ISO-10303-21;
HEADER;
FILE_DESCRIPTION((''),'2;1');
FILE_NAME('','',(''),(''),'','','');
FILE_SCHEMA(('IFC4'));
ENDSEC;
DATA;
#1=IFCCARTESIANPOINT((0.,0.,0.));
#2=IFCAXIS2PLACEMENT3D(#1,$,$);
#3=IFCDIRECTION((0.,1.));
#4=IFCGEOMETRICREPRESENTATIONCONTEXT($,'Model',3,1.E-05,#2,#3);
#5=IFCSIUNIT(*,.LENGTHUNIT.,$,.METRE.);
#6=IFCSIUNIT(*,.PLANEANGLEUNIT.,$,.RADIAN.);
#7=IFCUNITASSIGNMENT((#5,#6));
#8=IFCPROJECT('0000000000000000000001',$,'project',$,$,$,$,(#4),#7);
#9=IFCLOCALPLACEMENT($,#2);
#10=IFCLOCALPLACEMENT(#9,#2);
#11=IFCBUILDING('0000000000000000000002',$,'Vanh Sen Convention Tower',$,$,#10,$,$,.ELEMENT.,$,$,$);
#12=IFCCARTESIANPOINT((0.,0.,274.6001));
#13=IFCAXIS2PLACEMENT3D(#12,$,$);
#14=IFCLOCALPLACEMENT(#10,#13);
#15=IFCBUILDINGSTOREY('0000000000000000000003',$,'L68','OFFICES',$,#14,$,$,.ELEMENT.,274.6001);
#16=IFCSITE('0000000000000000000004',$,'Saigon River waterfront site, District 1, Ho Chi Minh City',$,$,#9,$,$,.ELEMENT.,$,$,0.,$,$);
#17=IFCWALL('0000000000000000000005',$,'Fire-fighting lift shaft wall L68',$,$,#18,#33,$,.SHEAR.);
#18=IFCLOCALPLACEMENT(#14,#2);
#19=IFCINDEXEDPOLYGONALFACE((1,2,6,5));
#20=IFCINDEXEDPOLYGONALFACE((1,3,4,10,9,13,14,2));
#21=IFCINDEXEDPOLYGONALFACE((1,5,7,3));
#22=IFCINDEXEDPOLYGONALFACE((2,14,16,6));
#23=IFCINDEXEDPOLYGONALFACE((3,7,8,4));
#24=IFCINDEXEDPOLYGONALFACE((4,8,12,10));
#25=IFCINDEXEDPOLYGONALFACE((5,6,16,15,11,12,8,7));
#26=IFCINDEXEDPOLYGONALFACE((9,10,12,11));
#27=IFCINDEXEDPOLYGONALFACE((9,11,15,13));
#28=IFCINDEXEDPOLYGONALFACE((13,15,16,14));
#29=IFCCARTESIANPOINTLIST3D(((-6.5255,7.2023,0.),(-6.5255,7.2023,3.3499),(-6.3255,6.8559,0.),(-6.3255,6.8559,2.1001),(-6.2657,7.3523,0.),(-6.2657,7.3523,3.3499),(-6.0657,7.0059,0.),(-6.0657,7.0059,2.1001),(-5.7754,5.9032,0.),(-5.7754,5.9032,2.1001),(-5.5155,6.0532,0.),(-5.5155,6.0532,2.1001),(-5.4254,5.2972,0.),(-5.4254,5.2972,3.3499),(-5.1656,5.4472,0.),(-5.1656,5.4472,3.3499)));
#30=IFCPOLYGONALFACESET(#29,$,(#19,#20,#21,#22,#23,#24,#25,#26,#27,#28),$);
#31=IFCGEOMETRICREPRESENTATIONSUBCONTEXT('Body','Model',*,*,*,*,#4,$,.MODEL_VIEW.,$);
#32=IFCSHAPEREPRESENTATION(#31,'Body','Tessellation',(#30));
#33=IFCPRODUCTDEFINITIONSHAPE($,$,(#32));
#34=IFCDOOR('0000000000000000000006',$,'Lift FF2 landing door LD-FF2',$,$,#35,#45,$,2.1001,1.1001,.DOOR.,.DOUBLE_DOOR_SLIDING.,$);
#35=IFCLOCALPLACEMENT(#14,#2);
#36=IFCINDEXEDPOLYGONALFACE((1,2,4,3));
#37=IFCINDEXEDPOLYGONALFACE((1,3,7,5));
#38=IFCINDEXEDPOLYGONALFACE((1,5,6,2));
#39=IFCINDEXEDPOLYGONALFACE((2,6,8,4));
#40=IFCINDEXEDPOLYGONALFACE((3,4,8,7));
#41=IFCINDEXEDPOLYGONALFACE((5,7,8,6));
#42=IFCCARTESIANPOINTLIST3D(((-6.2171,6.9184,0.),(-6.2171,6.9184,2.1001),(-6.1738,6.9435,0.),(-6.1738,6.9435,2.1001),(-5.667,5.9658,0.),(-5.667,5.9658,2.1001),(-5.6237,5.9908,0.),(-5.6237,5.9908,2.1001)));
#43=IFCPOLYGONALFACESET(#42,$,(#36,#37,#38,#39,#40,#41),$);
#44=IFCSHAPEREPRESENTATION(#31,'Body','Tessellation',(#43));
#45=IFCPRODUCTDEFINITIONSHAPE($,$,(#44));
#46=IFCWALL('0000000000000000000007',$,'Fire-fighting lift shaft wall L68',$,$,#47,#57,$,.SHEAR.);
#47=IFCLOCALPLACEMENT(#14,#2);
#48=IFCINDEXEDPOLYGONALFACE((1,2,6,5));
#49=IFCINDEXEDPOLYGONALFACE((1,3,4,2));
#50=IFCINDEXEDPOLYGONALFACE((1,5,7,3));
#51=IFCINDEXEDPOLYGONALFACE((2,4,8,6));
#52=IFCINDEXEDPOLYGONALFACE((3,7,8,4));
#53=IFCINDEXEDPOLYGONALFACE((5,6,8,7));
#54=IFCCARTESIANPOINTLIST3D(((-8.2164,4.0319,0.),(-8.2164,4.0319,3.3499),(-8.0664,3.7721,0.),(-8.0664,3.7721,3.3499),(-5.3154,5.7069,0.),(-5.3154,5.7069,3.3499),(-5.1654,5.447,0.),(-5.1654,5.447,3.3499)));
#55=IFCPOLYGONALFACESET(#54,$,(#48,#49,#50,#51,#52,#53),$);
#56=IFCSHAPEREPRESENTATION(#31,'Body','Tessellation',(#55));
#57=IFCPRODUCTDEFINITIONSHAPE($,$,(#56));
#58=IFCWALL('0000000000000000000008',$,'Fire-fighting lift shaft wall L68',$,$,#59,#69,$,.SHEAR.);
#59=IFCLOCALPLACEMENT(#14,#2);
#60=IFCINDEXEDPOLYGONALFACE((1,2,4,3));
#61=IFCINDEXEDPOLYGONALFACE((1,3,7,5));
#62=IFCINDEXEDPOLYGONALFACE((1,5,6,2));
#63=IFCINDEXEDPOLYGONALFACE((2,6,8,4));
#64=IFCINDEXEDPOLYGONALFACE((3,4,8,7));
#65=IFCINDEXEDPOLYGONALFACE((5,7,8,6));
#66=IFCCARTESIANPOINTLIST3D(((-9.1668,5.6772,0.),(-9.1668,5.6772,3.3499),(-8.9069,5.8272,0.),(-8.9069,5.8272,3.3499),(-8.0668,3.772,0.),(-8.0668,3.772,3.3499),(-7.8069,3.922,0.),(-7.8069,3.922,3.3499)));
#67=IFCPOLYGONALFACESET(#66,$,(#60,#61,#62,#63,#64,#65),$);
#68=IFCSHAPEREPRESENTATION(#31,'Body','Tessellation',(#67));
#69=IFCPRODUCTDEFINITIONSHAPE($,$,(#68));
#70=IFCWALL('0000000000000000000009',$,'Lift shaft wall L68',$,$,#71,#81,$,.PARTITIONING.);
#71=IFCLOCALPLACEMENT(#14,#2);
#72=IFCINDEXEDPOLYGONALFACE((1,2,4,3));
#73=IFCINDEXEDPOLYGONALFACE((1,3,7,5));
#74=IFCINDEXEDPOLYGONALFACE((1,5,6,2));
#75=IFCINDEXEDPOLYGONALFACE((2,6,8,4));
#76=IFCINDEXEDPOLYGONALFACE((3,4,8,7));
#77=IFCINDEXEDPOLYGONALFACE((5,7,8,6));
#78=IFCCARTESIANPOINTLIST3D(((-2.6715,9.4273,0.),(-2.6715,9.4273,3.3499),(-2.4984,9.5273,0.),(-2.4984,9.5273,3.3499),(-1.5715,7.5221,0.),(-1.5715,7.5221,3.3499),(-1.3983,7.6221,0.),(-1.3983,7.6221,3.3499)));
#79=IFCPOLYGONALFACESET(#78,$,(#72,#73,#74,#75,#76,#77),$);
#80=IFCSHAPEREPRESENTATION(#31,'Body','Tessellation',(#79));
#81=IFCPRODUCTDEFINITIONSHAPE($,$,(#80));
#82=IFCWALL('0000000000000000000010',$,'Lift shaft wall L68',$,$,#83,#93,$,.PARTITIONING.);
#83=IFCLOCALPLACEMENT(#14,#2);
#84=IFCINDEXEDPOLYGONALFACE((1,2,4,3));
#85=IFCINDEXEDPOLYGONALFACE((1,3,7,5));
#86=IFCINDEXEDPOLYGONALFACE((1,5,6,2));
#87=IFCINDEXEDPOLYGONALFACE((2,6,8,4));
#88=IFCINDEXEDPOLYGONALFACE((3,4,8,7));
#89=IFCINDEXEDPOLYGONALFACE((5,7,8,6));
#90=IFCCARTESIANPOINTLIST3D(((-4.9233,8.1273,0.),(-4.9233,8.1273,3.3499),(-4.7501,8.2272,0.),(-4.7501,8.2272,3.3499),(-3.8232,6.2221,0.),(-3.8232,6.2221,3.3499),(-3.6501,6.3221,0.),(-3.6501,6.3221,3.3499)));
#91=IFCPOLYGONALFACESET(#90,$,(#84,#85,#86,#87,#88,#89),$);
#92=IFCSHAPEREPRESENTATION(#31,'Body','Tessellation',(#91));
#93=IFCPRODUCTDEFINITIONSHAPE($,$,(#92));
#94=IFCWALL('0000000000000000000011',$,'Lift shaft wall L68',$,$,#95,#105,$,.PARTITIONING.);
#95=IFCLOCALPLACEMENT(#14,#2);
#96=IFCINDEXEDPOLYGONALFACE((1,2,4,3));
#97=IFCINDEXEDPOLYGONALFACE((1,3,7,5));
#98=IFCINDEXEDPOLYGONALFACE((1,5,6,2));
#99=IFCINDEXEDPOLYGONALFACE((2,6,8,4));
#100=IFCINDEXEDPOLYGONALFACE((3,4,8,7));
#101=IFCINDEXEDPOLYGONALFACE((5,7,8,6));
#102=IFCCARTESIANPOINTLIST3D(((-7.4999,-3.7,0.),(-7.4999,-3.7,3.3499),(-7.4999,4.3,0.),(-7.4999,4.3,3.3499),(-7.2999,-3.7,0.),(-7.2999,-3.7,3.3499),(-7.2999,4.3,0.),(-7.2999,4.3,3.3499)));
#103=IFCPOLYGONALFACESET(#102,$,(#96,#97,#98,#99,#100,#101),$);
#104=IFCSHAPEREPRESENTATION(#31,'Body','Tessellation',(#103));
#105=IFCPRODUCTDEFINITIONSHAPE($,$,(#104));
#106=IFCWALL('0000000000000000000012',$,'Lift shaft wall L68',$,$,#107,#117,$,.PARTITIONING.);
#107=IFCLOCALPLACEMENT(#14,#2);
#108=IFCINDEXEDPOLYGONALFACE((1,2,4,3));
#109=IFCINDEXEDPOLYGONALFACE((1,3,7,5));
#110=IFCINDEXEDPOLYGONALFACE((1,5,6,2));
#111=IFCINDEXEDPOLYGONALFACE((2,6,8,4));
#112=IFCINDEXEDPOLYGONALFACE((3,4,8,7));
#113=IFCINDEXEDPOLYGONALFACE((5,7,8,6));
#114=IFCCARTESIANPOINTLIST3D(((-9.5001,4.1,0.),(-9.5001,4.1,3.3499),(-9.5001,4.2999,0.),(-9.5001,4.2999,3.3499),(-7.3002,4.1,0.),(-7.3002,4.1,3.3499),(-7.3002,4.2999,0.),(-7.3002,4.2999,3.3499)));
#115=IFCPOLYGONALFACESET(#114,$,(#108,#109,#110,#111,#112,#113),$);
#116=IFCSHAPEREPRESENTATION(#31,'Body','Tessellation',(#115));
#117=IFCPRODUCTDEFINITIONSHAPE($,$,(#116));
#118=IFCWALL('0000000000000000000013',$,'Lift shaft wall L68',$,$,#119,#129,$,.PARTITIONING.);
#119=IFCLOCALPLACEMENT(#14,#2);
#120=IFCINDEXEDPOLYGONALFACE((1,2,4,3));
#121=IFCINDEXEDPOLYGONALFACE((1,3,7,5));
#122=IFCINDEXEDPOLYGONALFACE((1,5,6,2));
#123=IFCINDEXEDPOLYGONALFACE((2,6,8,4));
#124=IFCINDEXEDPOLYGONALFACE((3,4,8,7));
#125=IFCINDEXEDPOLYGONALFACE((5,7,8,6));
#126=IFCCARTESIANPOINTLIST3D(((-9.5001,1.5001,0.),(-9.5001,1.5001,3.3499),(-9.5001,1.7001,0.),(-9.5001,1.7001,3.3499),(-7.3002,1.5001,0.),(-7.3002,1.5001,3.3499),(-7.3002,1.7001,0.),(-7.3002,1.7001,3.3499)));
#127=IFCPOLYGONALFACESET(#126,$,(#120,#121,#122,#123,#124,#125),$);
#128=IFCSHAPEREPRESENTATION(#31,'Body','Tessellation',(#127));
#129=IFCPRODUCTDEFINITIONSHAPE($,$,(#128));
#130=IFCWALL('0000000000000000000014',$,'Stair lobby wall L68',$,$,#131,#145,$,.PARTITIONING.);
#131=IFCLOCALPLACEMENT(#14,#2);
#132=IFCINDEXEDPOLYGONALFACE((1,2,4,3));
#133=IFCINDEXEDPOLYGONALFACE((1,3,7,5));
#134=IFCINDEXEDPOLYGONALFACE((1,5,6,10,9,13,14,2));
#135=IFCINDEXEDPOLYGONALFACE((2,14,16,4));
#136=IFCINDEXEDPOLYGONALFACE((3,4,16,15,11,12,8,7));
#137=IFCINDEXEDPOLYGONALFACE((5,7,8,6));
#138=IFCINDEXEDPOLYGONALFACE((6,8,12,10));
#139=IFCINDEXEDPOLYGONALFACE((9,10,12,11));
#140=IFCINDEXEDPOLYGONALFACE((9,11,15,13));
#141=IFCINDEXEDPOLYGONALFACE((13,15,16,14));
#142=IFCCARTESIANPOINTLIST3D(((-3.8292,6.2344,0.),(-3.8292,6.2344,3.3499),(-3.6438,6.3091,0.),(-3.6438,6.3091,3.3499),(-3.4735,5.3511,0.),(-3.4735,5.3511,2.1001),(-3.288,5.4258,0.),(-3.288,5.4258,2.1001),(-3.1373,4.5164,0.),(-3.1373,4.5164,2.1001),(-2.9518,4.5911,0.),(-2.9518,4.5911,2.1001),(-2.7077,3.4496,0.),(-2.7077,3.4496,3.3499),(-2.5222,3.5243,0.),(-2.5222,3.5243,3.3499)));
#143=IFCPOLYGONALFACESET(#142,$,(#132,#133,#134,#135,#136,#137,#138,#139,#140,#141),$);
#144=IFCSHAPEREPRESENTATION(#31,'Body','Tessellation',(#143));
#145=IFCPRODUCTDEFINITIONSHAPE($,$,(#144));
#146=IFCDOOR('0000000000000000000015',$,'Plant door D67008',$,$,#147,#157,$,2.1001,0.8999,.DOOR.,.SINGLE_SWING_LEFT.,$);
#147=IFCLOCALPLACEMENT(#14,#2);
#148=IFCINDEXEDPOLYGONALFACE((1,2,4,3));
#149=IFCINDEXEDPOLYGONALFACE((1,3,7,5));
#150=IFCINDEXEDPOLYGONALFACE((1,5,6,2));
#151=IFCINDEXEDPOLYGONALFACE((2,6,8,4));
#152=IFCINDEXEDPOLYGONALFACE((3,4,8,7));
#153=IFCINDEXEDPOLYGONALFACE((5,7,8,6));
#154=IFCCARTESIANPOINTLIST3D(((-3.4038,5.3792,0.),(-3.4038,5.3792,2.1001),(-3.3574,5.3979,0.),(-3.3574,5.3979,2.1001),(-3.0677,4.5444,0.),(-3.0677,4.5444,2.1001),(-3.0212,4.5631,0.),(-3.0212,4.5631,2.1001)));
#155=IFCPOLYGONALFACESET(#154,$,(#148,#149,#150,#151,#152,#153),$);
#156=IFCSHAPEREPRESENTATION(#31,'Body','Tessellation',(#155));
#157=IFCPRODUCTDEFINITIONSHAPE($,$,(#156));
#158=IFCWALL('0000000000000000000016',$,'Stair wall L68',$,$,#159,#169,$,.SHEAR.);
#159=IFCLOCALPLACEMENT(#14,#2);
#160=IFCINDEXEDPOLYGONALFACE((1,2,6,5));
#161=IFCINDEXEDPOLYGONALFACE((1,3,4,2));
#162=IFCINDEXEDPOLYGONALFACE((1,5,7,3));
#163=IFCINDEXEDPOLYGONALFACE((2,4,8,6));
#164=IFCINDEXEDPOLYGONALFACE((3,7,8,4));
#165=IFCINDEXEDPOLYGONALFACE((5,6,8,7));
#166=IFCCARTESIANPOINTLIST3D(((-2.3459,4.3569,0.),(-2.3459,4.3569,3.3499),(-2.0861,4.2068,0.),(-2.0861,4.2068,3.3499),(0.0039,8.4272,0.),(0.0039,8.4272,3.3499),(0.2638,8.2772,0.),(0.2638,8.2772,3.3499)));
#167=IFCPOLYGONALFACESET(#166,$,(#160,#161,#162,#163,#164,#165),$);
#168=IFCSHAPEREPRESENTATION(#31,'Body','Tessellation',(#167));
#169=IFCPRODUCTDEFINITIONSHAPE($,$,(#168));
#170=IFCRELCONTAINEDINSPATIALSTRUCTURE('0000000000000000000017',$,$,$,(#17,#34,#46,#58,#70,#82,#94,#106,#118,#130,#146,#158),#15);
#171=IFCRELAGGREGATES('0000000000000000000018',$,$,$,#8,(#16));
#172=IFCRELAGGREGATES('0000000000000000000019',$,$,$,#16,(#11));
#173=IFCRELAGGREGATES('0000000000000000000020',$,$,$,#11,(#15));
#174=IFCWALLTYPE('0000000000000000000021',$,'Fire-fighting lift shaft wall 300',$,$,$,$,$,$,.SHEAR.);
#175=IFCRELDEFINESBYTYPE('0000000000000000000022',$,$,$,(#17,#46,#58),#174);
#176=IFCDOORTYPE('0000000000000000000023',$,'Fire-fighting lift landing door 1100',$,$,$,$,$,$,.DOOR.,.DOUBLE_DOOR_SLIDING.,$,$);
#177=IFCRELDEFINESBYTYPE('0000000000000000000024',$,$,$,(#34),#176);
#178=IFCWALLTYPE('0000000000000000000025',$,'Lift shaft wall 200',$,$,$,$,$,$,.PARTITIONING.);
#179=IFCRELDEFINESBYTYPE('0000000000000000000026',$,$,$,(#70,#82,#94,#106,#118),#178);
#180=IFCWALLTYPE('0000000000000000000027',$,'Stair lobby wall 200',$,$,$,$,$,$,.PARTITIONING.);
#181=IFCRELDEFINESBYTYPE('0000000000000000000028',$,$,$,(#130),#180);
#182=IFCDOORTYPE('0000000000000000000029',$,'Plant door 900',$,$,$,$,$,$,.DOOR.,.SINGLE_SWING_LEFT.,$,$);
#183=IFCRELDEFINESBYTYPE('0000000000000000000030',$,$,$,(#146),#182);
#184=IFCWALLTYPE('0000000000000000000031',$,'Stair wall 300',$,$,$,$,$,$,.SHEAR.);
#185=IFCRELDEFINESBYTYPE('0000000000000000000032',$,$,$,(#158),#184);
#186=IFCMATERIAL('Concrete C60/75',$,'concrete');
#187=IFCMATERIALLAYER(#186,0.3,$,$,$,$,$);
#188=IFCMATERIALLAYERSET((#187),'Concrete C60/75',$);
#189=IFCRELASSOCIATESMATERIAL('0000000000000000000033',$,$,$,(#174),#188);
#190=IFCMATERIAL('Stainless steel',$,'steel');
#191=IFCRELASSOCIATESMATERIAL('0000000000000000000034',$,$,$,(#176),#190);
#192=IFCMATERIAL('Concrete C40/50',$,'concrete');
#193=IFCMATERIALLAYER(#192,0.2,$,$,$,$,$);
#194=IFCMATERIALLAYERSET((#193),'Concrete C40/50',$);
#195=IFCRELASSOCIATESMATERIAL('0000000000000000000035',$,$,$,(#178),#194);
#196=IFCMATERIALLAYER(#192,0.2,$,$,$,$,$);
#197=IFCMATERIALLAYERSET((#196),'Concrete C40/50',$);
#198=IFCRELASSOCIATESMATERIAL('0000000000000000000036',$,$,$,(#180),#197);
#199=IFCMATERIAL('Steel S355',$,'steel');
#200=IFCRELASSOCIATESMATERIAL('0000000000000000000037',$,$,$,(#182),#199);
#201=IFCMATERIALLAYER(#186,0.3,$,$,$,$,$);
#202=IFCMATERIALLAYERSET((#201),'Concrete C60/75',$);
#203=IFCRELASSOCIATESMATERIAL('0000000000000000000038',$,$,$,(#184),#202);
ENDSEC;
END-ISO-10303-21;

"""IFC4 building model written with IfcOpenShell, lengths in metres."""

from ifc_helpers import new_model, si_unit, direction, frame, frame_2d, origin, place, context, subcontext, project, spatial, rectangle, extrude, material, layer, layer_set, type_object, element, fill, save


model = new_model("IFC4")

# Units and contexts
model_context = context("Model", 3, precision=1e-05, world=origin(), true_north=direction((0.0, 1.0)))
body_context = subcontext(model_context, "Body", "Model", "MODEL_VIEW")
ifc_project = project(units=[si_unit("LENGTHUNIT", "METRE"), si_unit("PLANEANGLEUNIT", "RADIAN")], contexts=[model_context])

# Site, building, storey
site_placement = place(None, origin())
site = spatial("IfcSite", under=ifc_project, at=site_placement, Name="Saigon River waterfront site, District 1, Ho Chi Minh City", CompositionType="ELEMENT", RefElevation=0.0)
building_placement = place(site_placement, origin())
building = spatial("IfcBuilding", under=site, at=building_placement, Name="Vanh Sen Convention Tower", CompositionType="ELEMENT")
storey_placement = place(building_placement, frame((0.0, 0.0, 274.6001)))
storey = spatial("IfcBuildingStorey", under=building, at=storey_placement, Name="L68", Description="OFFICES", CompositionType="ELEMENT", Elevation=274.6001)

# Shared definitions
ifc_material_1 = material(Name="Concrete C40/50", Category="concrete")

# Shared definitions
ifc_material_2 = material(Name="Concrete C60/75", Category="concrete")
ifc_material_3 = material(Name="Stainless steel", Category="steel")

# Wall, opening, door
ifc_layer_1 = layer(ifc_material_2, 0.3)
ifc_layer_set_1 = layer_set([ifc_layer_1], Name="Concrete C60/75")
wall_type_1 = type_object("IfcWallType", Name="Fire-fighting lift shaft wall 300", PredefinedType="SHEAR", material=ifc_layer_set_1)
wall_1_placement = place(storey_placement, frame((-5.2954, 5.3721, 0.0), z_axis=(0.0, 0.0, 1.0), x_axis=(-0.500078, 0.86598, 0.0)))
wall_1 = element("IfcWall", 1, at=wall_1_placement, inside=storey, type_object=wall_type_1, Name="Fire-fighting lift shaft wall L68", PredefinedType="SHEAR", context=body_context, shape_type="SweptSolid", body=[
    extrude(rectangle(XDim=2.2, YDim=0.3, at=frame_2d((1.1001, 0.0))), origin(), (0.0, 0.0, 1.0), 3.3499),
])
opening_1_placement = place(wall_1_placement, frame((0.7, 0.0, 0.0)))
opening_1 = element("IfcOpeningElement", 2, at=opening_1_placement, cuts=wall_1, PredefinedType="OPENING", context=body_context, shape_type="SweptSolid", body=[
    extrude(rectangle(XDim=1.1001, YDim=2.1001, at=frame_2d((0.55, 1.05))), frame((0.0, 0.1599, 0.0), z_axis=(0.0, -1.0, 0.0), x_axis=(1.0, 0.0, 0.0)), (0.0, 0.0, 1.0), 0.3201),
])
door_type_1 = type_object("IfcDoorType", Name="Fire-fighting lift landing door 1100", OperationType="DOUBLE_DOOR_SLIDING", PredefinedType="DOOR", material=ifc_material_3)
door_1_placement = place(opening_1_placement, origin())
door_1 = element("IfcDoor", 3, at=door_1_placement, inside=storey, type_object=door_type_1, Name="Lift FF2 landing door LD-FF2", OperationType="DOUBLE_DOOR_SLIDING", OverallHeight=2.1001, OverallWidth=1.1001, PredefinedType="DOOR", context=body_context, shape_type="SweptSolid", body=[
    extrude(rectangle(XDim=1.1001, YDim=2.1001, at=frame_2d((0.55, 1.05))), frame((0.0, 0.0249, 0.0), z_axis=(0.0, -1.0, 0.0), x_axis=(1.0, 0.0, 0.0)), (0.0, 0.0, 1.0), 0.05),
])
fill(opening_1, door_1)

# Walls
wall_2_placement = place(storey_placement, frame((-5.2405, 5.5769, 0.0), z_axis=(0.0, 0.0, 1.0), x_axis=(-0.866014, -0.500019, 0.0)))
element("IfcWall", 4, at=wall_2_placement, inside=storey, type_object=wall_type_1, Name="Fire-fighting lift shaft wall L68", PredefinedType="SHEAR", context=body_context, shape_type="SweptSolid", body=[
    extrude(rectangle(XDim=3.3499, YDim=0.3, at=frame_2d((1.6748, 0.0))), origin(), (0.0, 0.0, 1.0), 3.3499),
])
wall_3_placement = place(storey_placement, frame((-7.9368, 3.8469, 0.0), z_axis=(0.0, 0.0, 1.0), x_axis=(-0.50003, 0.866008, 0.0)))
element("IfcWall", 5, at=wall_3_placement, inside=storey, type_object=wall_type_1, Name="Fire-fighting lift shaft wall L68", PredefinedType="SHEAR", context=body_context, shape_type="SweptSolid", body=[
    extrude(rectangle(XDim=2.2, YDim=0.3, at=frame_2d((1.1001, 0.0))), origin(), (0.0, 0.0, 1.0), 3.3499),
])
ifc_layer_2 = layer(ifc_material_1, 0.2)
ifc_layer_set_2 = layer_set([ifc_layer_2], Name="Concrete C40/50")
wall_type_2 = type_object("IfcWallType", Name="Lift shaft wall 200", PredefinedType="PARTITIONING", material=ifc_layer_set_2)
for number, where, z_axis, x_axis, name in (
    (6, (-1.4849, 7.572, 0.0), (0.0, 0.0, 1.0), (-0.50003, 0.866008, 0.0), "Lift shaft wall L68"),
    (7, (-3.7366, 6.272, 0.0), (0.0, 0.0, 1.0), (-0.50003, 0.866008, 0.0), "Lift shaft wall L68"),
):
    element("IfcWall", number, at=place(storey_placement, frame(where, z_axis=z_axis, x_axis=x_axis)), inside=storey, type_object=wall_type_2, Name=name, PredefinedType="PARTITIONING", context=body_context, shape_type="SweptSolid", body=[
        extrude(rectangle(XDim=2.2, YDim=0.2, at=frame_2d((1.1001, 0.0))), origin(), (0.0, 0.0, 1.0), 3.3499),
    ])
wall_4_placement = place(storey_placement, frame((-7.3999, 4.3, 0.0), z_axis=(0.0, 0.0, 1.0), x_axis=(0.0, -1.0, 0.0)))
element("IfcWall", 8, at=wall_4_placement, inside=storey, type_object=wall_type_2, Name="Lift shaft wall L68", PredefinedType="PARTITIONING", context=body_context, shape_type="SweptSolid", body=[
    extrude(rectangle(XDim=8.0, YDim=0.2, at=frame_2d((4.0, 0.0))), origin(), (0.0, 0.0, 1.0), 3.3499),
])
for number, where, z_axis, x_axis, name in (
    (9, (-7.3, 4.2, 0.0), (0.0, 0.0, 1.0), (-1.0, 0.0, 0.0), "Lift shaft wall L68"),
    (10, (-7.3, 1.6001, 0.0), (0.0, 0.0, 1.0), (-1.0, 0.0, 0.0), "Lift shaft wall L68"),
):
    element("IfcWall", number, at=place(storey_placement, frame(where, z_axis=z_axis, x_axis=x_axis)), inside=storey, type_object=wall_type_2, Name=name, PredefinedType="PARTITIONING", context=body_context, shape_type="SweptSolid", body=[
        extrude(rectangle(XDim=2.2, YDim=0.2, at=frame_2d((1.1001, 0.0))), origin(), (0.0, 0.0, 1.0), 3.3499),
    ])

# Wall, opening, door
ifc_layer_3 = layer(ifc_material_1, 0.2)
ifc_layer_set_3 = layer_set([ifc_layer_3], Name="Concrete C40/50")
wall_type_3 = type_object("IfcWallType", Name="Stair lobby wall 200", PredefinedType="PARTITIONING", material=ifc_layer_set_3)
wall_5_placement = place(storey_placement, frame((-2.615, 3.4871, 0.0), z_axis=(0.0, 0.0, 1.0), x_axis=(-0.373577, 0.927599, 0.0)))
wall_5 = element("IfcWall", 11, at=wall_5_placement, inside=storey, type_object=wall_type_3, Name="Stair lobby wall L68", PredefinedType="PARTITIONING", context=body_context, shape_type="SweptSolid", body=[
    extrude(rectangle(XDim=3.0022, YDim=0.2, at=frame_2d((1.501, 0.0))), origin(), (0.0, 0.0, 1.0), 3.3499),
])
opening_2_placement = place(wall_5_placement, frame((1.1499, 0.0, 0.0)))
opening_2 = element("IfcOpeningElement", 12, at=opening_2_placement, cuts=wall_5, PredefinedType="OPENING", context=body_context, shape_type="SweptSolid", body=[
    extrude(rectangle(XDim=0.8999, YDim=2.1001, at=frame_2d((0.45, 1.05))), frame((0.0, 0.1099, 0.0), z_axis=(0.0, -1.0, 0.0), x_axis=(1.0, 0.0, 0.0)), (0.0, 0.0, 1.0), 0.22),
])
ifc_material_4 = material(Name="Steel S355", Category="steel")
door_type_2 = type_object("IfcDoorType", Name="Plant door 900", OperationType="SINGLE_SWING_LEFT", PredefinedType="DOOR", material=ifc_material_4)
door_2_placement = place(opening_2_placement, origin())
door_2 = element("IfcDoor", 13, at=door_2_placement, inside=storey, type_object=door_type_2, Name="Plant door D67008", OperationType="SINGLE_SWING_LEFT", OverallHeight=2.1001, OverallWidth=0.8999, PredefinedType="DOOR", context=body_context, shape_type="SweptSolid", body=[
    extrude(rectangle(XDim=0.8999, YDim=2.1001, at=frame_2d((0.45, 1.05))), frame((0.0, 0.0249, 0.0), z_axis=(0.0, -1.0, 0.0), x_axis=(1.0, 0.0, 0.0)), (0.0, 0.0, 1.0), 0.05),
])
fill(opening_2, door_2)

# Wall
ifc_layer_4 = layer(ifc_material_2, 0.3)
ifc_layer_set_4 = layer_set([ifc_layer_4], Name="Concrete C60/75")
wall_type_4 = type_object("IfcWallType", Name="Stair wall 300", PredefinedType="SHEAR", material=ifc_layer_set_4)
wall_6_placement = place(storey_placement, frame((-2.2161, 4.2817, 0.0), z_axis=(0.0, 0.0, 1.0), x_axis=(0.499977, 0.866039, 0.0)))
element("IfcWall", 14, at=wall_6_placement, inside=storey, type_object=wall_type_4, Name="Stair wall L68", PredefinedType="SHEAR", context=body_context, shape_type="SweptSolid", body=[
    extrude(rectangle(XDim=4.7, YDim=0.3, at=frame_2d((2.3501, 0.0))), origin(), (0.0, 0.0, 1.0), 3.3499),
])

save(model, "model.ifc")
